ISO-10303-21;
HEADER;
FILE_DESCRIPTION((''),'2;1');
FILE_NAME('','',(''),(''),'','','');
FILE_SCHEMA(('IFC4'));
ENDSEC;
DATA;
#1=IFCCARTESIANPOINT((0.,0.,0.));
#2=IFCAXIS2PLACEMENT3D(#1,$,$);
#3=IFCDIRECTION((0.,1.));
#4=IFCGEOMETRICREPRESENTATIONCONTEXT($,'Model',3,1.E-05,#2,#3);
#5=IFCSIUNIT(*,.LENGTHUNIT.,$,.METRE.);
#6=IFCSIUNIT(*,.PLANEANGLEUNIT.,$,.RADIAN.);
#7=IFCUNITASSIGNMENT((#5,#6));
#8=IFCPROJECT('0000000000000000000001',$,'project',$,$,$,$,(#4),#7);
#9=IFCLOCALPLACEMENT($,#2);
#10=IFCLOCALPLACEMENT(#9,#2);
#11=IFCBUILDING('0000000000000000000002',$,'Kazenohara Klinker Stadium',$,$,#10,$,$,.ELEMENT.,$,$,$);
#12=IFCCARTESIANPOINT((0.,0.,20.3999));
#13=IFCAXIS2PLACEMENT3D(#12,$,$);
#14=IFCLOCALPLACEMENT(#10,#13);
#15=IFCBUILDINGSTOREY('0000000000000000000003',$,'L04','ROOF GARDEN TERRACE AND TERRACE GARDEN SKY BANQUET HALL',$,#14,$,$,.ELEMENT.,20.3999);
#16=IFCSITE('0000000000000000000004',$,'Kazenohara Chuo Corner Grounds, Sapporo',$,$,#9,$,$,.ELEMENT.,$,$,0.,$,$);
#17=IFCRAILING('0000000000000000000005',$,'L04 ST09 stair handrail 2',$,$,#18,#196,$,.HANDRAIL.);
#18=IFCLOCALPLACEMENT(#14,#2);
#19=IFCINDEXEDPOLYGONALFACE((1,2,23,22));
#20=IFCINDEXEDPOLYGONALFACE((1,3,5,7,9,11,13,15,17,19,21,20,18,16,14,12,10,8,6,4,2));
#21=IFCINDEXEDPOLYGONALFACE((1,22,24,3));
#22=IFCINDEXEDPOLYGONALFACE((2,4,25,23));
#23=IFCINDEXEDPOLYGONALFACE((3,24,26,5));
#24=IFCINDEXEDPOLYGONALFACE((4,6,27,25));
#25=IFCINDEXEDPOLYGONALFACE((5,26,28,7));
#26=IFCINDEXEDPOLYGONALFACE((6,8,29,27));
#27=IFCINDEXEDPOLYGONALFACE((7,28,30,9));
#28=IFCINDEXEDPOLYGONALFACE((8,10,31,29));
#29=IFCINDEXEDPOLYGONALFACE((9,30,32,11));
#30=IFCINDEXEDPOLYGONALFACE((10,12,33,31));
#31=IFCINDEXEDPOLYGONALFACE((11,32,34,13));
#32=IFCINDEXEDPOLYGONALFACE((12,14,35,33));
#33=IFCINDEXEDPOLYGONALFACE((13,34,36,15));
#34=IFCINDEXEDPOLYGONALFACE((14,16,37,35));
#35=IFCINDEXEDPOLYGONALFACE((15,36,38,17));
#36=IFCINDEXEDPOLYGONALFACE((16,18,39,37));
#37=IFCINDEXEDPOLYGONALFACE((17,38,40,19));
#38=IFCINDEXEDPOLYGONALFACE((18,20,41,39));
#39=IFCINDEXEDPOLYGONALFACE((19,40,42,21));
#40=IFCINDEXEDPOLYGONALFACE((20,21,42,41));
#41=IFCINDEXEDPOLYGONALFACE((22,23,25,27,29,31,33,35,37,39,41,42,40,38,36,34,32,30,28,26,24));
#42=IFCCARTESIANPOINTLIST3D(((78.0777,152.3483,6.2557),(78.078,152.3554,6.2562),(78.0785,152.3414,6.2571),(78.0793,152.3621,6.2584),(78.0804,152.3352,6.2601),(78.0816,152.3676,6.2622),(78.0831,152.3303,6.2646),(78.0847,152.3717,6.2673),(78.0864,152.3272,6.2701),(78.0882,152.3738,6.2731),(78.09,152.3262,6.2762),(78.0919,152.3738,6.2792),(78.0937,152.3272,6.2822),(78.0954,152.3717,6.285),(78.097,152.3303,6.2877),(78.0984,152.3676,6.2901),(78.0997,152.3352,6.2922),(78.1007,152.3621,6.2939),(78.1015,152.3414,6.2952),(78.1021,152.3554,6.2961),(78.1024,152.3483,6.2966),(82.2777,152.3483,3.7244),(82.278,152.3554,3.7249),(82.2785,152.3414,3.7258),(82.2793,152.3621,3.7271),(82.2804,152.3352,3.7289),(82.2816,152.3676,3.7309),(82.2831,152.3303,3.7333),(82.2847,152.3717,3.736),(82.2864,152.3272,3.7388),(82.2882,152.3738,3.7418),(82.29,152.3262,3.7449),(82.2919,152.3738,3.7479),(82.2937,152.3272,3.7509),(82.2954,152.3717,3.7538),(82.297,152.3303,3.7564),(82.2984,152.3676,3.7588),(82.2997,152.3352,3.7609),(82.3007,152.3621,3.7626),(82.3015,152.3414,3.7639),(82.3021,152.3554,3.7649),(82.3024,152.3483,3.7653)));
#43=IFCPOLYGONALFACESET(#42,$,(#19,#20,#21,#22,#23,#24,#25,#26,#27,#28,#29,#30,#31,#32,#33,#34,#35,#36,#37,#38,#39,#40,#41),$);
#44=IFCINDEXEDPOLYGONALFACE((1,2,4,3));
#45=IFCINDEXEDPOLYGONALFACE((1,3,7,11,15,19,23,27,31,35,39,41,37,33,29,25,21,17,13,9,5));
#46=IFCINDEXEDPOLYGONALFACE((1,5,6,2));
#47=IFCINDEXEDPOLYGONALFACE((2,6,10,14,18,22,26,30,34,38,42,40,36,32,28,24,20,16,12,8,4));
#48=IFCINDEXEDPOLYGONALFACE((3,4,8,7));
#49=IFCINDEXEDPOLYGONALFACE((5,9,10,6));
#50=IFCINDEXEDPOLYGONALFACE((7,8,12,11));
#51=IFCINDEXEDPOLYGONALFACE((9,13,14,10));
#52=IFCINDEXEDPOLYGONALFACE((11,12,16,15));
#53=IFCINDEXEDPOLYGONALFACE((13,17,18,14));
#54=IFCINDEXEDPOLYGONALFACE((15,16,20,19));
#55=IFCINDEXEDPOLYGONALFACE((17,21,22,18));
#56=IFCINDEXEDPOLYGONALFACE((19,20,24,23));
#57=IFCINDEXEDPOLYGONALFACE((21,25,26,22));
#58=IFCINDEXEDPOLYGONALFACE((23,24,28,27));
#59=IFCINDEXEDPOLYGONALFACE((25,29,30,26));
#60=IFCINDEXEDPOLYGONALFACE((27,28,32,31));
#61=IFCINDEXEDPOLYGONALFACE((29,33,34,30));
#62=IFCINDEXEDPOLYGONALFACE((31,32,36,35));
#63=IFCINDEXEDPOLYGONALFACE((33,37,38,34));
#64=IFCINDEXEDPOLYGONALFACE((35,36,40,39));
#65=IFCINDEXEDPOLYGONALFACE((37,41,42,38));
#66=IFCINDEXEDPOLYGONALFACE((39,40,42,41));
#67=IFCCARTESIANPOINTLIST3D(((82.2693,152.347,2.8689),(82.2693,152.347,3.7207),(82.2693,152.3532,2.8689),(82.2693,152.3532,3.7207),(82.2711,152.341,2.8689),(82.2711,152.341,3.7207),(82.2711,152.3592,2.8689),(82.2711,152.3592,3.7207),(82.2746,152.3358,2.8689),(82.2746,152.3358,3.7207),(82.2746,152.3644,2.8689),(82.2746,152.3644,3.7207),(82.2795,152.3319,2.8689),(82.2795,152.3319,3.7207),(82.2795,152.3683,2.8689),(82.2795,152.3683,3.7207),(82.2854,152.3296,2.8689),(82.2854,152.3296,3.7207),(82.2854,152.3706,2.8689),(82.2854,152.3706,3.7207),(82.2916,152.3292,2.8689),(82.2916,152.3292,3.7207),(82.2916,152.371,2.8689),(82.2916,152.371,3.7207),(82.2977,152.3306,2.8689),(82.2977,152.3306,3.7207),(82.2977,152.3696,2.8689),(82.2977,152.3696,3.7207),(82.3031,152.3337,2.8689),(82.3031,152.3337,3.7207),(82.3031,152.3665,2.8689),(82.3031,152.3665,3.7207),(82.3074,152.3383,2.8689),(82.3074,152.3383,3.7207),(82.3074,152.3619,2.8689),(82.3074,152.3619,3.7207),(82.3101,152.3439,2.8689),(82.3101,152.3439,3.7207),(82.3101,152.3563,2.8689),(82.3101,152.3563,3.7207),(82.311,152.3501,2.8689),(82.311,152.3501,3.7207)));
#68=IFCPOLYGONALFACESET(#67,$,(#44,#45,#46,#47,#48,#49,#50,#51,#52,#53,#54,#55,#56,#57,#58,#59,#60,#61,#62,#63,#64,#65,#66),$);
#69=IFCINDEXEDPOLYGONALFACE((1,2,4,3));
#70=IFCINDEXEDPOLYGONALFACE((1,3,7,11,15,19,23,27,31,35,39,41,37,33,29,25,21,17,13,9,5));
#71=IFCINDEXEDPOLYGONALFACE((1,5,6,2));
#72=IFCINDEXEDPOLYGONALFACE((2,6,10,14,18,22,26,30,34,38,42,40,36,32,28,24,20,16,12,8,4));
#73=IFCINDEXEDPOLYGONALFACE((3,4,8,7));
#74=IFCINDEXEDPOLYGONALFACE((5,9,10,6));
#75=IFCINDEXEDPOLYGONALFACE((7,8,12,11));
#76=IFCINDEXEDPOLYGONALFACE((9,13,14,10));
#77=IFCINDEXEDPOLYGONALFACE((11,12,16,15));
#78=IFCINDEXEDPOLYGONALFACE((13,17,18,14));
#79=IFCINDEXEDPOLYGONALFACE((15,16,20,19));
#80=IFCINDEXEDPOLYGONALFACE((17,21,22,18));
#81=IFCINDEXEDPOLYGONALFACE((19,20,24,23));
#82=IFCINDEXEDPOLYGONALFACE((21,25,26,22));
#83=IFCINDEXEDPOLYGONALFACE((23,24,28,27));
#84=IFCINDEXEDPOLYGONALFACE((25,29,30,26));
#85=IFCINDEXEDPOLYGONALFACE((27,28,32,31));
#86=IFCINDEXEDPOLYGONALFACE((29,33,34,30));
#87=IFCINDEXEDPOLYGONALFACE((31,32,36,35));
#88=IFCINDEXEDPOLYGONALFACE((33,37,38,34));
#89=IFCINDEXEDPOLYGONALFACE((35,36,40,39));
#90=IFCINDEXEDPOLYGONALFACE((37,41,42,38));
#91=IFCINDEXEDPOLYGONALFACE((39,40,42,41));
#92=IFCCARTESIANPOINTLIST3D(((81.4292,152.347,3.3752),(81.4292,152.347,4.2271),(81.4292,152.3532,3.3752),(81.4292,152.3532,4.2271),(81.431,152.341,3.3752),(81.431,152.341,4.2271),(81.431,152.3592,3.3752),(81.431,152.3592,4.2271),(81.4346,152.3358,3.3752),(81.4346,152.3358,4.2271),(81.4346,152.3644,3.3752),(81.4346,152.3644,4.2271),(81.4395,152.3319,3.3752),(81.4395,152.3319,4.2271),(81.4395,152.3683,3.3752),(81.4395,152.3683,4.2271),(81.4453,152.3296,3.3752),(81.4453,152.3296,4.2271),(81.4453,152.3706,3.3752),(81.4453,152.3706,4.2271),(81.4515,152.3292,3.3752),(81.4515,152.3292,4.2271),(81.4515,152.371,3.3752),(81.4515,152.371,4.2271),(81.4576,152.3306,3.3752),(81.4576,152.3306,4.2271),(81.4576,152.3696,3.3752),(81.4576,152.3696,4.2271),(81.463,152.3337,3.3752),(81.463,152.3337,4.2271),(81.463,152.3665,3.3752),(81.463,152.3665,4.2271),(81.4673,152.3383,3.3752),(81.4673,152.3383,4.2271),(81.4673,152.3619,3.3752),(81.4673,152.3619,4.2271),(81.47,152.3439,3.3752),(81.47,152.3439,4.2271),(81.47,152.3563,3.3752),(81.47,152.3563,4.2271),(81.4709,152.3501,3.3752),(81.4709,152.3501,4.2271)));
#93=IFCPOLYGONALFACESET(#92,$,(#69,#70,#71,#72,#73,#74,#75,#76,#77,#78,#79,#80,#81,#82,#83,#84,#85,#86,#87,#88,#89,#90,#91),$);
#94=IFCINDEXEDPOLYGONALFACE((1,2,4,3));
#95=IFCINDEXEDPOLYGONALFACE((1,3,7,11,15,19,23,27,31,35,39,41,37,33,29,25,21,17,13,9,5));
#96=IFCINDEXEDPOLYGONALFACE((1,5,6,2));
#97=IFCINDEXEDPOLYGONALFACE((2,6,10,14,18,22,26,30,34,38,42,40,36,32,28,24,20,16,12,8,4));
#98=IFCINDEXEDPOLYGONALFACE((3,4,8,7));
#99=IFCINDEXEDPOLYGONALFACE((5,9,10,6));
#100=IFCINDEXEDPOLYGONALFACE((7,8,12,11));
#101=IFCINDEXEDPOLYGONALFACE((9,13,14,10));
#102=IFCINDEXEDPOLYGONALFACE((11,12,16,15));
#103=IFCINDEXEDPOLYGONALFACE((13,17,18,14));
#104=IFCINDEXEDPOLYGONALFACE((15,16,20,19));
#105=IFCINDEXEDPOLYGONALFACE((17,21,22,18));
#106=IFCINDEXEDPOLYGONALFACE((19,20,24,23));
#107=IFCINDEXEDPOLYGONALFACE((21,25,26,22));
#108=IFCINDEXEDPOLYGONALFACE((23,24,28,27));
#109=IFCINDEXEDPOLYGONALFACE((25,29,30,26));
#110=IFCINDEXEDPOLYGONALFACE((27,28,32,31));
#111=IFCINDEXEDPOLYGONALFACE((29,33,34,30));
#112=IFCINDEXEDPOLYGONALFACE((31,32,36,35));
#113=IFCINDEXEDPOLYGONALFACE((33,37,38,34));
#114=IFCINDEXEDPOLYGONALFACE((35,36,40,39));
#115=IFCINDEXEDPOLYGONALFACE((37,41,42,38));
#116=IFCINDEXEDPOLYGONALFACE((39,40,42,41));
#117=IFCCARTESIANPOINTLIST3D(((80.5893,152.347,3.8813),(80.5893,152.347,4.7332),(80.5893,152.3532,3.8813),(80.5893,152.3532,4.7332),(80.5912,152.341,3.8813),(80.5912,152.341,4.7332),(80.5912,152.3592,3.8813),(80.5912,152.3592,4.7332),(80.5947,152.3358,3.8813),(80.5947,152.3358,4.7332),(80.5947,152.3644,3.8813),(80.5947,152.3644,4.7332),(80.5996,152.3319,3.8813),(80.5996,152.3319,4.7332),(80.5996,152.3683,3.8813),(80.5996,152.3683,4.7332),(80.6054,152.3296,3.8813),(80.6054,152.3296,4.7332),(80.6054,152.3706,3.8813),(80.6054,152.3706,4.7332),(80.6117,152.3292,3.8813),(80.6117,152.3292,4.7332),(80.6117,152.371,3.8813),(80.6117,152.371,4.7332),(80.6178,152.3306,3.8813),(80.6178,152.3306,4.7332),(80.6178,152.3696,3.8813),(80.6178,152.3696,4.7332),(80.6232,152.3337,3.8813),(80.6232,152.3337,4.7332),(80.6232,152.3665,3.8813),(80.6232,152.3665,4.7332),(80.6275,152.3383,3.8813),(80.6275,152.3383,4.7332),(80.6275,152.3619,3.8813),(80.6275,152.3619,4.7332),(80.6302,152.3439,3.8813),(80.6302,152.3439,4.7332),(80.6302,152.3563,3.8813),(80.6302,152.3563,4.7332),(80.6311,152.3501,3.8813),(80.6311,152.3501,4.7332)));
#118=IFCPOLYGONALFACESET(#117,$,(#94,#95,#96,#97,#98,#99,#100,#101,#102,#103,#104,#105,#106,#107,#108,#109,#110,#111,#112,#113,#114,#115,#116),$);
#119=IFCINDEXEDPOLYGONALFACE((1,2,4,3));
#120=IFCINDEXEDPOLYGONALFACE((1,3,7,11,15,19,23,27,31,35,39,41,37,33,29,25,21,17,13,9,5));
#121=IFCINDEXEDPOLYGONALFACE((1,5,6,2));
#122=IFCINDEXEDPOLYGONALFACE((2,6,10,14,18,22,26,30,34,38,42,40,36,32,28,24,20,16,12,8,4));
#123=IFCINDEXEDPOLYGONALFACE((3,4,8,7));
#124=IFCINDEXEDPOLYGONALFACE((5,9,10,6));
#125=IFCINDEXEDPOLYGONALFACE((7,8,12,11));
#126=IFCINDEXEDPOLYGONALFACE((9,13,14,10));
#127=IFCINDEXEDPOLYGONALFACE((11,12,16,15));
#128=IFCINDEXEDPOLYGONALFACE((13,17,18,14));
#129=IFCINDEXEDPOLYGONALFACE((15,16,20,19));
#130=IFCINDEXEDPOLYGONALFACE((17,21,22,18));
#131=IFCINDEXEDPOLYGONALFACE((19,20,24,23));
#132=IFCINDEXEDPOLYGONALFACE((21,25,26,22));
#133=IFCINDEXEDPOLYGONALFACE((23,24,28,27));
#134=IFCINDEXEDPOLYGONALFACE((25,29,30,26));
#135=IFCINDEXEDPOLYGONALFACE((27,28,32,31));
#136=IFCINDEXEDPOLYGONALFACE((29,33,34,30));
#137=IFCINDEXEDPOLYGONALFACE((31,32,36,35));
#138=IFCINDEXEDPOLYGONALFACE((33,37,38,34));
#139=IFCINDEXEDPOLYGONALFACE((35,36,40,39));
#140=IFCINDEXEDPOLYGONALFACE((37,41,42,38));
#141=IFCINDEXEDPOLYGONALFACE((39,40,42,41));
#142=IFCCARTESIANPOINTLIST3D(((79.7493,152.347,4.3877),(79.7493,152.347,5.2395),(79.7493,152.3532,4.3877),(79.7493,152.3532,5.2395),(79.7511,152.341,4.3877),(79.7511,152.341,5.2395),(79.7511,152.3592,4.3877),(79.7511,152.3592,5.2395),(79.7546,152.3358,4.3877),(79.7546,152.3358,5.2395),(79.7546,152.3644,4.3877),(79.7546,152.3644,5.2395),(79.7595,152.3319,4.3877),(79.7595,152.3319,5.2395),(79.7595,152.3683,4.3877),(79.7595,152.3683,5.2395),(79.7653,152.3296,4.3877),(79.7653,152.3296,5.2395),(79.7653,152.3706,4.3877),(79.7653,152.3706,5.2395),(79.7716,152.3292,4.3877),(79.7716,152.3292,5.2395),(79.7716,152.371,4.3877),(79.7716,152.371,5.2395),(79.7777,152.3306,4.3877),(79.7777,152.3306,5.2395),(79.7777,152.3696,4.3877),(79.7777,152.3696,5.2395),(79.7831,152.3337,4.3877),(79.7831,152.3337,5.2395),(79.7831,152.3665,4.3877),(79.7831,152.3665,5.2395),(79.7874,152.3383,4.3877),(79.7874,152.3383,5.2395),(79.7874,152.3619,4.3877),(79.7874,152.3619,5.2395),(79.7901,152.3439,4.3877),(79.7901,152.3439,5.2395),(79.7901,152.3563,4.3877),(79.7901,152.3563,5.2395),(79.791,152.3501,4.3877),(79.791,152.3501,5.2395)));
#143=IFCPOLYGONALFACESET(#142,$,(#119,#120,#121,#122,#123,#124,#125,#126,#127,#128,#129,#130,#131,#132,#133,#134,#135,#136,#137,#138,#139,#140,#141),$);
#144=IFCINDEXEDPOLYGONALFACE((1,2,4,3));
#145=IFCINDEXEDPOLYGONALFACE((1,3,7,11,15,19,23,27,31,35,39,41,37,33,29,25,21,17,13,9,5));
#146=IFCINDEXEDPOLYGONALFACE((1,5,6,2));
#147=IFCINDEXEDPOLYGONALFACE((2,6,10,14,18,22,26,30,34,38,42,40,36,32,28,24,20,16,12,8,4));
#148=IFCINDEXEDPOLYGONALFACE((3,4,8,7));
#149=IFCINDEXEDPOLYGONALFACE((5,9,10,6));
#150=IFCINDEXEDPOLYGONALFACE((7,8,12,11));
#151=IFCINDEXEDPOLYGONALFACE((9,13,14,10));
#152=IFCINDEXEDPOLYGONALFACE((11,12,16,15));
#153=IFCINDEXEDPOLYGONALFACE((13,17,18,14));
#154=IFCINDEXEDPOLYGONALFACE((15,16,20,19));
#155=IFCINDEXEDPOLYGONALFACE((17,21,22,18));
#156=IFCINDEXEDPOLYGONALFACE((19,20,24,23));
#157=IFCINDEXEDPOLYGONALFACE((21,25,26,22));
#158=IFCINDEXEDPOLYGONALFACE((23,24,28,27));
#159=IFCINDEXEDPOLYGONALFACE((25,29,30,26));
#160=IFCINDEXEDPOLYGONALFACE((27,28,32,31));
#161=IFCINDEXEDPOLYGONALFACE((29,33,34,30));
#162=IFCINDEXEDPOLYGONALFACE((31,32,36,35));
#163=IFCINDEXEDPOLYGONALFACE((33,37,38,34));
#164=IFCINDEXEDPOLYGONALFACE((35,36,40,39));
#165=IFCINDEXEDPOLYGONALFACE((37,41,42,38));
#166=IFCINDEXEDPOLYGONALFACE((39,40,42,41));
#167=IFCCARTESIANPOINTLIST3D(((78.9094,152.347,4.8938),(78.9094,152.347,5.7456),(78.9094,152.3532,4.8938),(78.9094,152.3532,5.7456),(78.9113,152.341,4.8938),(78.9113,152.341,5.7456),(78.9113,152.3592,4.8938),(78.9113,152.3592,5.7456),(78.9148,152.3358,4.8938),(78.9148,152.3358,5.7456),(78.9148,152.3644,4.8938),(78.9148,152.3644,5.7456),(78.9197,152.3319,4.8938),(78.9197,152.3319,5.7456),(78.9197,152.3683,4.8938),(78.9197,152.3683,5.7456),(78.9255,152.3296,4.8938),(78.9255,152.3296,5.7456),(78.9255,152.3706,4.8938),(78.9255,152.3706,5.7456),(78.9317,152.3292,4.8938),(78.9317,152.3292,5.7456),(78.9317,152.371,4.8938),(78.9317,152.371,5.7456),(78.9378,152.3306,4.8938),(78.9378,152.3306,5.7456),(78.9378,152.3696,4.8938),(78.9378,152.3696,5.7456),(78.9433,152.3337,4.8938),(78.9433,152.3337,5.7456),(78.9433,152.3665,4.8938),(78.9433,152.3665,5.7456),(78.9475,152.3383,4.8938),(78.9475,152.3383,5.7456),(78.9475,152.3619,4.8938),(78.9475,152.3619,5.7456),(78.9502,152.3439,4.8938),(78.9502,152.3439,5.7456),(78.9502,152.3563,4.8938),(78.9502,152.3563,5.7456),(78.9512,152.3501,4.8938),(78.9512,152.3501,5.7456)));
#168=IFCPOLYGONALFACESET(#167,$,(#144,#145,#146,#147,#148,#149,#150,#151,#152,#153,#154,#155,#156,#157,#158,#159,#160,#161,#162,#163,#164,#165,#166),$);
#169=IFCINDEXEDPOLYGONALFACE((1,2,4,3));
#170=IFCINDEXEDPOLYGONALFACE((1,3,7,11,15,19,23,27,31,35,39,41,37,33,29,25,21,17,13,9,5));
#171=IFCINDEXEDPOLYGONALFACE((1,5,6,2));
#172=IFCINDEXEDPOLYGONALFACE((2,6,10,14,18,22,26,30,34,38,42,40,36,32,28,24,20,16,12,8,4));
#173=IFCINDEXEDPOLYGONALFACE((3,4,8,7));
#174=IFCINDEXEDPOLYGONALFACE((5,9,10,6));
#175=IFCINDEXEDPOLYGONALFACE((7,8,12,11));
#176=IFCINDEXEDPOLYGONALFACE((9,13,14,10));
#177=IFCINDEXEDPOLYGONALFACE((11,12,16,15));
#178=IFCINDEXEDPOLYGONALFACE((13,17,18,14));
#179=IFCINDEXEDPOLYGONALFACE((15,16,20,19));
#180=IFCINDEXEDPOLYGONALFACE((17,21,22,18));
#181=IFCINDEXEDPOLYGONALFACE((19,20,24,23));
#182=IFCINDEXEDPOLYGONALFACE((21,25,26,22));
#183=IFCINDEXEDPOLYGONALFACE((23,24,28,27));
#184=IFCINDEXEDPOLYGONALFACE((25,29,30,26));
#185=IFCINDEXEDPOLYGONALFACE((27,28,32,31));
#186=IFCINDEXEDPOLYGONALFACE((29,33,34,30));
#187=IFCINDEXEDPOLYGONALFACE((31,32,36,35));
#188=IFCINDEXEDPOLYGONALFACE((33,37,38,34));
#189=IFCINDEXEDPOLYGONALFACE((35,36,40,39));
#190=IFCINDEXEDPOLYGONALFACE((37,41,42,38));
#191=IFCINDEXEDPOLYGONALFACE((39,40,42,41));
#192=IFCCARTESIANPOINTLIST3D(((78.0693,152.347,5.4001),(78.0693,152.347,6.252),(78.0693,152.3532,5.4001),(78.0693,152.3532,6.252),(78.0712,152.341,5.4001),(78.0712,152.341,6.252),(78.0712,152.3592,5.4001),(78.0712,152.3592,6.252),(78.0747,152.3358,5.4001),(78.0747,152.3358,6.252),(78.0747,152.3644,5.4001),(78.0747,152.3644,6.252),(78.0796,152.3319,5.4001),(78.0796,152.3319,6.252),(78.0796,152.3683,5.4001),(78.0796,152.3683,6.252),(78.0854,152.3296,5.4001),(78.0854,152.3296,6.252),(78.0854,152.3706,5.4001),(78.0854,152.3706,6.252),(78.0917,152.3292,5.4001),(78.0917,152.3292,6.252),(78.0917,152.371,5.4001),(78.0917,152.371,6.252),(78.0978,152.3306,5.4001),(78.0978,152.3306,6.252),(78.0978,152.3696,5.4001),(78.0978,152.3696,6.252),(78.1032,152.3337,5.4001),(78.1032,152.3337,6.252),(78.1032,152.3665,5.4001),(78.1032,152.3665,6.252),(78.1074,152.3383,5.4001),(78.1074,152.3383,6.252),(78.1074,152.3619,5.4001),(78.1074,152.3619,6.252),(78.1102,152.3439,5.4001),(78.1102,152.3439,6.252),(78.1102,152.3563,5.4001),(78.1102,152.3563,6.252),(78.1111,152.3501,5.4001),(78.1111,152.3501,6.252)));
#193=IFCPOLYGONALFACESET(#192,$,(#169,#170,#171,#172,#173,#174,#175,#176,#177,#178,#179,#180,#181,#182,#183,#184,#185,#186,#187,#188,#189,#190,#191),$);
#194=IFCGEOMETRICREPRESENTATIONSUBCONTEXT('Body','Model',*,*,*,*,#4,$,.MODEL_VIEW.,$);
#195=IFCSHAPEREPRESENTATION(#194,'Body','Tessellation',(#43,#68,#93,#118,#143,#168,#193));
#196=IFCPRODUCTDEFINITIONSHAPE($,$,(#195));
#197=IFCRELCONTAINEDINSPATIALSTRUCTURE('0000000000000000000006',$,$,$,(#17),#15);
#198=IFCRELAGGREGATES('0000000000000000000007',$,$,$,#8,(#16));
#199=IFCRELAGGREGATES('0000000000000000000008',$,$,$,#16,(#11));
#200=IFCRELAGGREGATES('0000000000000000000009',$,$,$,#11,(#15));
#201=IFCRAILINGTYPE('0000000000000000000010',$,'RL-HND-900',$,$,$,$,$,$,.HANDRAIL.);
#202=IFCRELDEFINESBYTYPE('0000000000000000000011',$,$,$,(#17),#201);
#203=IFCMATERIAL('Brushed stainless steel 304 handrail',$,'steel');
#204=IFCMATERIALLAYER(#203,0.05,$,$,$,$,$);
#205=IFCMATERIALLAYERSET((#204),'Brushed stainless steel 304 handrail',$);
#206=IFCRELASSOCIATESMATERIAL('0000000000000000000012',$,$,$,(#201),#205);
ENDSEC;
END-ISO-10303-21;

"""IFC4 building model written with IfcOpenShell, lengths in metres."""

from ifc_helpers import new_model, si_unit, direction, frame, origin, origin_2d, place, context, subcontext, project, spatial, circle, extrude, material, layer, layer_set, type_object, element, save


model = new_model("IFC4")

# Units and contexts
model_context = context("Model", 3, precision=1e-05, world=origin(), true_north=direction((0.0, 1.0)))
body_context = subcontext(model_context, "Body", "Model", "MODEL_VIEW")
ifc_project = project(units=[si_unit("LENGTHUNIT", "METRE"), si_unit("PLANEANGLEUNIT", "RADIAN")], contexts=[model_context])

# Site, building, storey
site_placement = place(None, origin())
site = spatial("IfcSite", under=ifc_project, at=site_placement, Name="Kazenohara Chuo Corner Grounds, Sapporo", CompositionType="ELEMENT", RefElevation=0.0)
building_placement = place(site_placement, origin())
building = spatial("IfcBuilding", under=site, at=building_placement, Name="Kazenohara Klinker Stadium", CompositionType="ELEMENT")
storey_placement = place(building_placement, frame((0.0, 0.0, 20.3999)))
storey = spatial("IfcBuildingStorey", under=building, at=storey_placement, Name="L04", Description="ROOF GARDEN TERRACE AND TERRACE GARDEN SKY BANQUET HALL", CompositionType="ELEMENT", Elevation=20.3999)

# Railing
ifc_material_1 = material(Name="Brushed stainless steel 304 handrail", Category="steel")
ifc_layer_1 = layer(ifc_material_1, 0.05)
ifc_layer_set_1 = layer_set([ifc_layer_1], Name="Brushed stainless steel 304 handrail")
railing_type_1 = type_object("IfcRailingType", Name="RL-HND-900", PredefinedType="HANDRAIL", material=ifc_layer_set_1)
railing_1_placement = place(storey_placement, frame((82.29, 152.3501, 2.8689)))
element("IfcRailing", 1, at=railing_1_placement, inside=storey, type_object=railing_type_1, Name="L04 ST09 stair handrail 2", PredefinedType="HANDRAIL", context=body_context, shape_type="SweptSolid", body=[
    extrude(circle(Radius=0.0239, at=origin_2d()), frame((0.0, 0.0, 0.876), z_axis=(-0.856476, 0.0, 0.516186), x_axis=(0.0, -1.0, 0.0)), (0.0, 0.0, 1.0), 4.9038),
    extrude(circle(Radius=0.021, at=origin_2d()), origin(), (0.0, 0.0, 1.0), 0.8518),
    extrude(circle(Radius=0.021, at=origin_2d()), frame((-0.8401, 0.0, 0.5063)), (0.0, 0.0, 1.0), 0.8518),
    extrude(circle(Radius=0.021, at=origin_2d()), frame((-1.6799, 0.0, 1.0125)), (0.0, 0.0, 1.0), 0.8518),
    extrude(circle(Radius=0.021, at=origin_2d()), frame((-2.52, 0.0, 1.5188)), (0.0, 0.0, 1.0), 0.8518),
    extrude(circle(Radius=0.021, at=origin_2d()), frame((-3.3599, 0.0, 2.0249)), (0.0, 0.0, 1.0), 0.8518),
    extrude(circle(Radius=0.021, at=origin_2d()), frame((-4.2, 0.0, 2.5312)), (0.0, 0.0, 1.0), 0.8518),
])

save(model, "model.ifc")
